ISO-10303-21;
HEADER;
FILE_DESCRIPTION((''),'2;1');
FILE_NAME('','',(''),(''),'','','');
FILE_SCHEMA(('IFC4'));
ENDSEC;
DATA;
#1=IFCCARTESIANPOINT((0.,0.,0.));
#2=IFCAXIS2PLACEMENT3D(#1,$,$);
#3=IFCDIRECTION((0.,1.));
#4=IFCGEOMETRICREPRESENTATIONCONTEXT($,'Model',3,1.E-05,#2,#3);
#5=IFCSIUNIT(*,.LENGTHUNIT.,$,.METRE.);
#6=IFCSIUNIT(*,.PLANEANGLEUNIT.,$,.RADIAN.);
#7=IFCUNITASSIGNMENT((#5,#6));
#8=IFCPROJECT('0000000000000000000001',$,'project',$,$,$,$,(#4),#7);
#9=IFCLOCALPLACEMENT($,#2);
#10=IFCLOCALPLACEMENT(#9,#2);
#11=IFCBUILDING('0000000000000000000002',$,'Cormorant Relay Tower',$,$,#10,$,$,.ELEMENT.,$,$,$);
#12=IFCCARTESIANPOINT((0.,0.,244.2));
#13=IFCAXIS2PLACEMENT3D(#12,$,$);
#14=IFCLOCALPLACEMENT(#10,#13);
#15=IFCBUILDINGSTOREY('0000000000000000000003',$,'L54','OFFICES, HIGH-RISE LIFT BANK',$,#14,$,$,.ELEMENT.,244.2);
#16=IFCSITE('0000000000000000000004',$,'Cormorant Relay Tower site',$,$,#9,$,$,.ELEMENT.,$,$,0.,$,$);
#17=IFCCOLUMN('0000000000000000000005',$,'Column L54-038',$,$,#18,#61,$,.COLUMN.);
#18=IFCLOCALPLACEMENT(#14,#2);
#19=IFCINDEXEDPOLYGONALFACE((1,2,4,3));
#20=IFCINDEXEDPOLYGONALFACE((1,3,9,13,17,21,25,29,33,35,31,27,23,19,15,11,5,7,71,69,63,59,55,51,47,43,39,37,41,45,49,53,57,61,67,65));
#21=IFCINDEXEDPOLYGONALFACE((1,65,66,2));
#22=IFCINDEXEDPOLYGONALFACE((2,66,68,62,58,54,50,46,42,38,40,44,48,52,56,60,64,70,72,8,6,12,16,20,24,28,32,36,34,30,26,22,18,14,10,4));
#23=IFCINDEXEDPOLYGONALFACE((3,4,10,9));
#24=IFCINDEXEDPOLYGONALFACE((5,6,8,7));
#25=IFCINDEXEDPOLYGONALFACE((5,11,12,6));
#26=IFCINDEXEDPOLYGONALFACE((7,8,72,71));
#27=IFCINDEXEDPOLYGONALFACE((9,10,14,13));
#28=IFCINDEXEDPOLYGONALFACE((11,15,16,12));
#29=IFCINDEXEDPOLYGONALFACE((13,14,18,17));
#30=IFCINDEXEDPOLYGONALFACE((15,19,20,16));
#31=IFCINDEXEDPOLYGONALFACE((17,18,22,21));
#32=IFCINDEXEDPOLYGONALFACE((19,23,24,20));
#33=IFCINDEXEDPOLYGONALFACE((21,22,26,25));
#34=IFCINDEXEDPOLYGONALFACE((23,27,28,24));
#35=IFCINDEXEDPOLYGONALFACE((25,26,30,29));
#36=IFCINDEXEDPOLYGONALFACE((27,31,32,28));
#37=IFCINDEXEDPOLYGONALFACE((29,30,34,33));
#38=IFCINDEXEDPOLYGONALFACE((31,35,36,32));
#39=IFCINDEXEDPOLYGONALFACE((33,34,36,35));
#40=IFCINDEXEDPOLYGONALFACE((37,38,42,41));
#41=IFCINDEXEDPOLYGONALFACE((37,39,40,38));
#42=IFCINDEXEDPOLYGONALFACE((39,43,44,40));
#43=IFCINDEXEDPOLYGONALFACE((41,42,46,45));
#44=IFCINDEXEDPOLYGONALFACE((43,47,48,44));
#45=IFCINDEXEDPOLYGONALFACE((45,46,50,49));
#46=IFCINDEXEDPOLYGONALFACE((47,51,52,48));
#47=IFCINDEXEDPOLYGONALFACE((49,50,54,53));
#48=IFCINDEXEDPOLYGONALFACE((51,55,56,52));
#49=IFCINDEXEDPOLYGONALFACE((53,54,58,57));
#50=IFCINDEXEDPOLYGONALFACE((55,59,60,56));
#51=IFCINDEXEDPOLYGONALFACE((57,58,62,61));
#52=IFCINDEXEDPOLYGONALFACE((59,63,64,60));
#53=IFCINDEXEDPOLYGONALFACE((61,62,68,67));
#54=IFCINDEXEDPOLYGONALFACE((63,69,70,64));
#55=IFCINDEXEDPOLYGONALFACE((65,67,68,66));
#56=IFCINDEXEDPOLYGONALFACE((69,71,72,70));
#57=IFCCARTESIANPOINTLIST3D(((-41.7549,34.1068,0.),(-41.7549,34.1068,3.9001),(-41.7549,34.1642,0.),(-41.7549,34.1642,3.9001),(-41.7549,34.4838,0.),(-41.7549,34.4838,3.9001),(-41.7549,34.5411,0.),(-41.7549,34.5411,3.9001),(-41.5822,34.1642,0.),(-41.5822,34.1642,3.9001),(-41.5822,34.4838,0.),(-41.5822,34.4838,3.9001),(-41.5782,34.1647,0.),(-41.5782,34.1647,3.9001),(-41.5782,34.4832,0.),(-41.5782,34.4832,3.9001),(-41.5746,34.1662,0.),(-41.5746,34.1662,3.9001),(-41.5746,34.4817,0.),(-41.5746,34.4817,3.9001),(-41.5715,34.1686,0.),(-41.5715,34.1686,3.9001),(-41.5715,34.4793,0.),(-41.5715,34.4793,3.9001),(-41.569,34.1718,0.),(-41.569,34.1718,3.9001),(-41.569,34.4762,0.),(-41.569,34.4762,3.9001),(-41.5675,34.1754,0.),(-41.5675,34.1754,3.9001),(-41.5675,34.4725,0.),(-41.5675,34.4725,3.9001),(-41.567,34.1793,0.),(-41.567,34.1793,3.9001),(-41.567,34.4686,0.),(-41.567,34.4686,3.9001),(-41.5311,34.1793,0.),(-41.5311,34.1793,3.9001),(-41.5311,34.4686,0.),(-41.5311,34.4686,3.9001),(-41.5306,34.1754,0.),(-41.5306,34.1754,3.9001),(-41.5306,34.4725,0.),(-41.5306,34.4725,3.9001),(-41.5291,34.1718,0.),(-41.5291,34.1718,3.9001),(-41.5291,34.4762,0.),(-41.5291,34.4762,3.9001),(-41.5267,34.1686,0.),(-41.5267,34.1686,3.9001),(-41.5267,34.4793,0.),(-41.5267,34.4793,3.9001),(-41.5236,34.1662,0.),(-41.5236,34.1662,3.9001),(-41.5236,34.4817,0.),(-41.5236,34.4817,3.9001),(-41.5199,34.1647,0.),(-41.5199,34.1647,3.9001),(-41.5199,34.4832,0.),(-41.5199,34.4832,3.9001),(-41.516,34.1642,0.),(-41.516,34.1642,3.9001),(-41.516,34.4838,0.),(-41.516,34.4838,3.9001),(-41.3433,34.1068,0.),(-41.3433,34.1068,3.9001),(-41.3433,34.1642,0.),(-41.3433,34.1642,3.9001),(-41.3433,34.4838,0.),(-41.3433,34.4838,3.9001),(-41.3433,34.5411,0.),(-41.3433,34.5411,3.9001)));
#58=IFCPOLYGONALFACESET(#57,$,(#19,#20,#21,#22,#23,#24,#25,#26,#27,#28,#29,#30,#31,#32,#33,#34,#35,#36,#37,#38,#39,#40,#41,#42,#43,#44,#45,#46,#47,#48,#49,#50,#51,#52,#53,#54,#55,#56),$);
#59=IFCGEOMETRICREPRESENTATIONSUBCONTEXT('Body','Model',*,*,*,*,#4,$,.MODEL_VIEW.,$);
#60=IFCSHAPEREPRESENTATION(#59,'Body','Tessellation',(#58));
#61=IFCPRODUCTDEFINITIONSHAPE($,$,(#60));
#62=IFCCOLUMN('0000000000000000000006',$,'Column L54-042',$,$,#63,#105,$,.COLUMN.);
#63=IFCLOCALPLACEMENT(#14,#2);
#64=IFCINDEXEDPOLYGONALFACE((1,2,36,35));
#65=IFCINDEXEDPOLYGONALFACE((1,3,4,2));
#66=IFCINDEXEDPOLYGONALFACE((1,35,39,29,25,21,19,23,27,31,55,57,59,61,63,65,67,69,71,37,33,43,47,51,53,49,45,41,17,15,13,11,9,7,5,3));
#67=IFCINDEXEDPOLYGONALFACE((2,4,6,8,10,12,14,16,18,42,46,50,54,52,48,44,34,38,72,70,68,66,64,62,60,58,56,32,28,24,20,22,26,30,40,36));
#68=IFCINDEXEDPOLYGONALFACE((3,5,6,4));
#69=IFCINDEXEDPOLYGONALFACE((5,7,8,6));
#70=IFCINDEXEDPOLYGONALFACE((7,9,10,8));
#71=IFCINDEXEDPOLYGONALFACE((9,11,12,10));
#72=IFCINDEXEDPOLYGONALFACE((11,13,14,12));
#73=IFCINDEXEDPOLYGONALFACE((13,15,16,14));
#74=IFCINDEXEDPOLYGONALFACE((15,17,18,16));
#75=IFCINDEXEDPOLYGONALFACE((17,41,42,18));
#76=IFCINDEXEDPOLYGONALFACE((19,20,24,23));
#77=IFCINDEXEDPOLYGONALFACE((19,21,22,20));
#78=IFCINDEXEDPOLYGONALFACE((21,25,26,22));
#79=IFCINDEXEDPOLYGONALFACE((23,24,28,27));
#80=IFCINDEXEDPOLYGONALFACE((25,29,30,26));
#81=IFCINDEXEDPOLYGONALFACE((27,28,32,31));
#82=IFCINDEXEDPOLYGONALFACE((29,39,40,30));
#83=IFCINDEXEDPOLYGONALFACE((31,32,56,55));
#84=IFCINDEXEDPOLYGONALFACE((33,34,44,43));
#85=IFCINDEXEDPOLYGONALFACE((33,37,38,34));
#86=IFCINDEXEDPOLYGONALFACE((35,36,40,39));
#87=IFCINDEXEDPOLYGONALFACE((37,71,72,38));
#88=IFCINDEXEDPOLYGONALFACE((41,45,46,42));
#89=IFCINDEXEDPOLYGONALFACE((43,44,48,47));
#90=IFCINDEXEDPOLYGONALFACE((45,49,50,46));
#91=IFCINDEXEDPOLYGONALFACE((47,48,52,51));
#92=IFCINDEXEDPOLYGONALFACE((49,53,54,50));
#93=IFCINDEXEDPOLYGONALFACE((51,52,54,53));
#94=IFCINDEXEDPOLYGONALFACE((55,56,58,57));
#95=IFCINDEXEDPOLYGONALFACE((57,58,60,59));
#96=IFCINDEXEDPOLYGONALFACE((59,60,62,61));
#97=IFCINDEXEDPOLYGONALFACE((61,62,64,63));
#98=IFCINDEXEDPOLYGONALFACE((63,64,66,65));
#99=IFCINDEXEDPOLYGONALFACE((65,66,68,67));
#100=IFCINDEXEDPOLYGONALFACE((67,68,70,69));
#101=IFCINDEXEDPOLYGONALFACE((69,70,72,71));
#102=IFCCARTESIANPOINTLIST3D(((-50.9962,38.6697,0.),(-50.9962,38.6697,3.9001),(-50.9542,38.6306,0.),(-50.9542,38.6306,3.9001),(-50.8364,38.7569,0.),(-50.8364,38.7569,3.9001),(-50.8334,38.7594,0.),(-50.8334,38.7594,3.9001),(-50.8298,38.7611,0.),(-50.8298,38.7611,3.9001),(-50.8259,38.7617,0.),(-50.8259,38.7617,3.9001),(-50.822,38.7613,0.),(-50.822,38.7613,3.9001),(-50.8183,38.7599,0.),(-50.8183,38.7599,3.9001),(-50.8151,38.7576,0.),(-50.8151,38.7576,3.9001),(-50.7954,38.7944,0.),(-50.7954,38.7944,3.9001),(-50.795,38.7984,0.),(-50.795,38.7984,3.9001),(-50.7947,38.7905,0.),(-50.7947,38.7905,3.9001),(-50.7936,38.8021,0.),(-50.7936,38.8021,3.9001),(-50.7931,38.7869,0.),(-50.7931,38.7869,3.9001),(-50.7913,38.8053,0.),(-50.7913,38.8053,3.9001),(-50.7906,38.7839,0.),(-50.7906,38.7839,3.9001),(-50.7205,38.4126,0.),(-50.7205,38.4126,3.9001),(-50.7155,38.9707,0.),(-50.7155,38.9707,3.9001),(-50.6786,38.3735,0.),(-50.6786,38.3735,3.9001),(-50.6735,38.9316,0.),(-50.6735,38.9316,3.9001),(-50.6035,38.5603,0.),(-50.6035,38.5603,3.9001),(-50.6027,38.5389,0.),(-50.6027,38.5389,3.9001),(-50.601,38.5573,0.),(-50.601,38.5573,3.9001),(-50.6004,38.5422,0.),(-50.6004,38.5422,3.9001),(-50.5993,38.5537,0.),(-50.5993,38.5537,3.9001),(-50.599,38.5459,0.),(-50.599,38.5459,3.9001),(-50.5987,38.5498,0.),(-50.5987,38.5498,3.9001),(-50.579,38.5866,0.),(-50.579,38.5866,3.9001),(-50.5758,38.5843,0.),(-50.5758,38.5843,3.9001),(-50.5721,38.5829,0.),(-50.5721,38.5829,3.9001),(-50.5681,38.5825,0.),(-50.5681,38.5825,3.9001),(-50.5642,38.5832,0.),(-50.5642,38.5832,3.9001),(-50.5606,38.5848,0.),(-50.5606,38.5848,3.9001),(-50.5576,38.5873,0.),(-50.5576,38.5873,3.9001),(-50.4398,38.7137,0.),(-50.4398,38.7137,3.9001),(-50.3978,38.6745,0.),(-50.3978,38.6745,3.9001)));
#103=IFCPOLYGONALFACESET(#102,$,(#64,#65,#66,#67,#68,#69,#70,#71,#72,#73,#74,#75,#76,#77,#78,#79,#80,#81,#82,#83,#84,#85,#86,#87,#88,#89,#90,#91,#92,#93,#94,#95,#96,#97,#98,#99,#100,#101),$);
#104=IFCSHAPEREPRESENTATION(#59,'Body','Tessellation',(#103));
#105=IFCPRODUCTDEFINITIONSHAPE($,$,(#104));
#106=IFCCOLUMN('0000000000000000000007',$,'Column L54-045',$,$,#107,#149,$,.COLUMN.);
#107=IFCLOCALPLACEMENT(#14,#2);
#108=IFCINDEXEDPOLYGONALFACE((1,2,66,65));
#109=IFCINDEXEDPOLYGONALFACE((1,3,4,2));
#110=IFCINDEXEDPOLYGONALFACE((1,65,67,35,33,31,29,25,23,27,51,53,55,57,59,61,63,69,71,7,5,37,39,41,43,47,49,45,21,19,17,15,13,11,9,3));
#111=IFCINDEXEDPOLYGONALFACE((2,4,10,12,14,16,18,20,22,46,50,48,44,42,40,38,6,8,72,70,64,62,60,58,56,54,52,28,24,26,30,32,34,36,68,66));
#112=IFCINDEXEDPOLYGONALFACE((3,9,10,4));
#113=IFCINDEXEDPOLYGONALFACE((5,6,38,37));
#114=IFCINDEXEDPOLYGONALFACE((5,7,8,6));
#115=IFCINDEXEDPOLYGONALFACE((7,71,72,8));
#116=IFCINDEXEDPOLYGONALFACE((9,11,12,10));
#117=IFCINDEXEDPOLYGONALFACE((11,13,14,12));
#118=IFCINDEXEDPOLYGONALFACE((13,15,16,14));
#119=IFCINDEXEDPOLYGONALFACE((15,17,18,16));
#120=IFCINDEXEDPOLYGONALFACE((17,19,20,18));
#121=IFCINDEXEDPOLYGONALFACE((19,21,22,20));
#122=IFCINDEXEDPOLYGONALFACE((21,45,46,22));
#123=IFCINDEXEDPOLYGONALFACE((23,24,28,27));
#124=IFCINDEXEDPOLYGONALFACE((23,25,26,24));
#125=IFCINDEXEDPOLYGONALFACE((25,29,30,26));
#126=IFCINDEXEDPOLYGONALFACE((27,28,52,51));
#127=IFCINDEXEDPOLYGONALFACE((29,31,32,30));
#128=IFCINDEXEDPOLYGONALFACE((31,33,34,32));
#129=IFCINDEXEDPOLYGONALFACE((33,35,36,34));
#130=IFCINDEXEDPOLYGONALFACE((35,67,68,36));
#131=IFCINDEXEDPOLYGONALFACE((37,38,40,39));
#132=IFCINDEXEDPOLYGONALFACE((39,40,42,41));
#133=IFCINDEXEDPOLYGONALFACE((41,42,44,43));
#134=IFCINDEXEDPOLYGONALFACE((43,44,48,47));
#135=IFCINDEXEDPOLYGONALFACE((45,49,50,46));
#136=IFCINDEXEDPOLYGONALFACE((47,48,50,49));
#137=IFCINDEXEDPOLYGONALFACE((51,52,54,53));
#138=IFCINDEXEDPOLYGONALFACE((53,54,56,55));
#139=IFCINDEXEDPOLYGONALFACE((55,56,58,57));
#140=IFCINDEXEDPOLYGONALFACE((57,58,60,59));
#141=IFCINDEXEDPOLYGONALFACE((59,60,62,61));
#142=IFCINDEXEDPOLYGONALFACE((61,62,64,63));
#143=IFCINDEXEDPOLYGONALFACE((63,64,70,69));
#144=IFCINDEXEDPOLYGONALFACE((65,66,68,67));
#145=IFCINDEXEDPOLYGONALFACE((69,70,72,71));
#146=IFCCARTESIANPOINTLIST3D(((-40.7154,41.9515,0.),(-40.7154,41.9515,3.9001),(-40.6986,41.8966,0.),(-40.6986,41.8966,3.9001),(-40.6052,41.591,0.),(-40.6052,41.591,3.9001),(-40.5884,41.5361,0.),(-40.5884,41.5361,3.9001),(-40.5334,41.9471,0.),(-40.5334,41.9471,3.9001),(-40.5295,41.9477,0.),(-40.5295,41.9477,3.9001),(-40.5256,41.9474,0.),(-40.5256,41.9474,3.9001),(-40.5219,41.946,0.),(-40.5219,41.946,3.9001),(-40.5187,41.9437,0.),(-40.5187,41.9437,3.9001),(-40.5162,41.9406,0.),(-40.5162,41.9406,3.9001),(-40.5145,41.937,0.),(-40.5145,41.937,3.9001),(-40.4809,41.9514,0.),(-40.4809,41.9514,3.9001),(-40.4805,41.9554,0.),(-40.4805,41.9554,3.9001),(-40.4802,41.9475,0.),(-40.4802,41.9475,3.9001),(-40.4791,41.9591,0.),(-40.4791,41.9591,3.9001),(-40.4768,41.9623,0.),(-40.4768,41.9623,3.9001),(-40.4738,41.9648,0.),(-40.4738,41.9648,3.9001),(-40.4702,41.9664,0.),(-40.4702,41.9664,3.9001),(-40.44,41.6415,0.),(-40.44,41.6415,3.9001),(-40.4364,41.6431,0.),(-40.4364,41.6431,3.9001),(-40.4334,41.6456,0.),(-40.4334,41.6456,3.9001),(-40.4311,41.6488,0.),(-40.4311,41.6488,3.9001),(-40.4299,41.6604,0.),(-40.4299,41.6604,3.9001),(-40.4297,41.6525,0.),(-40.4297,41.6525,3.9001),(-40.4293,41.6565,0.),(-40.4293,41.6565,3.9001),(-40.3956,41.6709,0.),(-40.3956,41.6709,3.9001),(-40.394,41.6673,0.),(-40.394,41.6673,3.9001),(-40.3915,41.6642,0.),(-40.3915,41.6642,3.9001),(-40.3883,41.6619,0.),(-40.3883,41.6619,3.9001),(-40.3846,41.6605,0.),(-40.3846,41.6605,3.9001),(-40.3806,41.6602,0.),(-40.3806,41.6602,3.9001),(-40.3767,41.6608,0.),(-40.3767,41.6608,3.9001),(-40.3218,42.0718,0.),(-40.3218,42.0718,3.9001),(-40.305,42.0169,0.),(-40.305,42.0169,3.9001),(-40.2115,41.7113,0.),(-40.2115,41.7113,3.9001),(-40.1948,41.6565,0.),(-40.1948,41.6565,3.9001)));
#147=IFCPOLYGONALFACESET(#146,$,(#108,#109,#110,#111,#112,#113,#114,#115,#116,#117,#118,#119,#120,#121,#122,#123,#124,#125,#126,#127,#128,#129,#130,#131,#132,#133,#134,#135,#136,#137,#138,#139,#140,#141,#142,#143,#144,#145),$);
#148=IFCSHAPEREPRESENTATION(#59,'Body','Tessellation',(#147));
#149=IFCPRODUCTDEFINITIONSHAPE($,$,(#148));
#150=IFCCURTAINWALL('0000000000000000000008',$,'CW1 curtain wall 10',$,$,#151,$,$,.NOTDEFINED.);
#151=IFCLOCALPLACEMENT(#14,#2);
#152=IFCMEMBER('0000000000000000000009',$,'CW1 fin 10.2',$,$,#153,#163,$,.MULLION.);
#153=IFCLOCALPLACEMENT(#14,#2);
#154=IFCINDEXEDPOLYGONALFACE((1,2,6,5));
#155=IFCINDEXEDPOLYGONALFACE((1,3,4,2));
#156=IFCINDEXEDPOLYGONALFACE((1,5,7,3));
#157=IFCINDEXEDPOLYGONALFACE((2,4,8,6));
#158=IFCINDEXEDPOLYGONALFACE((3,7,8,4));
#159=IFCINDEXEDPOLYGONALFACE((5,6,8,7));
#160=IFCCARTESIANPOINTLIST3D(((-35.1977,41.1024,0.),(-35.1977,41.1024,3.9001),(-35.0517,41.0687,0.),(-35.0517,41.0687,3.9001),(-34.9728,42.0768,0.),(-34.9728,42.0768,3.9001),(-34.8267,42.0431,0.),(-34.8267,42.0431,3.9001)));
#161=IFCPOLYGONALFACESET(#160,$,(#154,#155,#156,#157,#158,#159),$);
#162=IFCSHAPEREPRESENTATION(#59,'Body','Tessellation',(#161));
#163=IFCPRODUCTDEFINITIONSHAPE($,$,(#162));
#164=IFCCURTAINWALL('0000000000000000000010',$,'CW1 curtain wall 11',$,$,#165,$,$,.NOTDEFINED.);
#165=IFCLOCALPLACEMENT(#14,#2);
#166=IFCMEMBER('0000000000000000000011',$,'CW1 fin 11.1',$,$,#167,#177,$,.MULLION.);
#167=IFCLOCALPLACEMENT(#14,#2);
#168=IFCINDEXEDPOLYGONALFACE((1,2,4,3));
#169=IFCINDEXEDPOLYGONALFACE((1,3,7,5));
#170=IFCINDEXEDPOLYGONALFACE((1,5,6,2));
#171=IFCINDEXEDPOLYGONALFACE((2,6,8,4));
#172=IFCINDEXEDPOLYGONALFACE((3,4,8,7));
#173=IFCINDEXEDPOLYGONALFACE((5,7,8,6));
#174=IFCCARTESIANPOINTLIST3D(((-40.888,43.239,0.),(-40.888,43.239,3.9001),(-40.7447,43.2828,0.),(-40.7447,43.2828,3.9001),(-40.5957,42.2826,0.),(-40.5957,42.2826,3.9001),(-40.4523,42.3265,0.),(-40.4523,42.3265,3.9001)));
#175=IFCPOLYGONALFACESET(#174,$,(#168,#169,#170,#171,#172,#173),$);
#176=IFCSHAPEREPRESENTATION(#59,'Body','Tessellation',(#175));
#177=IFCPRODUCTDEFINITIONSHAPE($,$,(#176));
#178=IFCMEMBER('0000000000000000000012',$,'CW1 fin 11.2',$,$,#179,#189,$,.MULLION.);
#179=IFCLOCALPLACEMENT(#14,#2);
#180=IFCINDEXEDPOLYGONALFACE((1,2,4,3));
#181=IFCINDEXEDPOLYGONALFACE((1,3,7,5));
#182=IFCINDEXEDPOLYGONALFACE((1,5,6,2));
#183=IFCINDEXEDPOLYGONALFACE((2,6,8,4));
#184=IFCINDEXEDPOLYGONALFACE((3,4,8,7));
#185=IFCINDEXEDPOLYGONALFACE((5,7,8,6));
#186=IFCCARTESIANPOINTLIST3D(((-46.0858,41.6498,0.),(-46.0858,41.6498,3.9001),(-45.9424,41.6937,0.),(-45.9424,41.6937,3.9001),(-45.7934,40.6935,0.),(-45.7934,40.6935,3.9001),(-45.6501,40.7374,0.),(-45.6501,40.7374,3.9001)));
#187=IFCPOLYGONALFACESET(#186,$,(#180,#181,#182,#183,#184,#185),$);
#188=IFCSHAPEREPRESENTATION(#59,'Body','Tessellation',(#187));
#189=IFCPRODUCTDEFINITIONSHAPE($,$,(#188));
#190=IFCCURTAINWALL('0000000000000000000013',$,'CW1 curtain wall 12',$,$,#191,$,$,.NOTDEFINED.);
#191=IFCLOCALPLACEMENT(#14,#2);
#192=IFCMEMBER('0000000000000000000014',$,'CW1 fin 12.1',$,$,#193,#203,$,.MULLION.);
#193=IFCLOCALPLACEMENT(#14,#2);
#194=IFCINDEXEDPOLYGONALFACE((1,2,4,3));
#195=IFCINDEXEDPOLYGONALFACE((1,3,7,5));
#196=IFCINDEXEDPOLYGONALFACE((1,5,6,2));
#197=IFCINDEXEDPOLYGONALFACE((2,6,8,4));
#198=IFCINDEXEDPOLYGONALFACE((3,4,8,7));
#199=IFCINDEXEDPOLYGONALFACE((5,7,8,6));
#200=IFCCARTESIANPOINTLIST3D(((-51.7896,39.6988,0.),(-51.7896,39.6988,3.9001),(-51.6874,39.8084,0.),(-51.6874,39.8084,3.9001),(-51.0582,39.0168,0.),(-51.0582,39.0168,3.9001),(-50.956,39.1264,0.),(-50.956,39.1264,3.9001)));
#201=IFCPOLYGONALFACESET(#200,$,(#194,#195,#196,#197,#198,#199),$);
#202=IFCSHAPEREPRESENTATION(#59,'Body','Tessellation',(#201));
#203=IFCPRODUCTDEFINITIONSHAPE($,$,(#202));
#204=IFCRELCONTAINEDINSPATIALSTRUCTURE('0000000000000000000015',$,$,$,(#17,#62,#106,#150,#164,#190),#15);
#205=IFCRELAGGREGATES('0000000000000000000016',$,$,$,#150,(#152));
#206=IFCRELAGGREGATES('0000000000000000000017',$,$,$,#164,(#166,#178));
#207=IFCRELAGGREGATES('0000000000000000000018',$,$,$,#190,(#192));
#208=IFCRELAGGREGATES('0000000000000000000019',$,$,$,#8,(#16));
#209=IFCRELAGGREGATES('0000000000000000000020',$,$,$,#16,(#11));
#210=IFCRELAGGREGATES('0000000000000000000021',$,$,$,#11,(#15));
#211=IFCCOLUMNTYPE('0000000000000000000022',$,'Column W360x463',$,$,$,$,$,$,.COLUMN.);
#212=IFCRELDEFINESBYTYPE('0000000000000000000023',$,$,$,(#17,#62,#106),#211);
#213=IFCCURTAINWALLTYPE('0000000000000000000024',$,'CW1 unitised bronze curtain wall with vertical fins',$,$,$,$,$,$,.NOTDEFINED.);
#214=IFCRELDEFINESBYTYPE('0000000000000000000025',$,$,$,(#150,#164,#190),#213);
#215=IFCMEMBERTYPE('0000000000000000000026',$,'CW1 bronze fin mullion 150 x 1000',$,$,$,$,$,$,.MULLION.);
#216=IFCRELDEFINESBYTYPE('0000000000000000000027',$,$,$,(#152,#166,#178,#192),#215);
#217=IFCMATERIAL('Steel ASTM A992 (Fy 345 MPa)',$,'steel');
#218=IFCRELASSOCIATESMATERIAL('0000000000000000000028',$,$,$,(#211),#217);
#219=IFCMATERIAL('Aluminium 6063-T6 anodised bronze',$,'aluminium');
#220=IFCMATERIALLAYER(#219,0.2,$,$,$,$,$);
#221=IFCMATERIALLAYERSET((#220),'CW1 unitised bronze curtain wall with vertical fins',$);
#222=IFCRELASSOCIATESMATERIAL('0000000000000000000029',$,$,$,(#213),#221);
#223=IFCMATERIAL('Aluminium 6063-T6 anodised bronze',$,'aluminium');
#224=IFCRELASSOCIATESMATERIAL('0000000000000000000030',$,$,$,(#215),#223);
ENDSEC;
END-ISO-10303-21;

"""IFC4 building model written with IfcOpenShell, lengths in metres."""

from ifc_helpers import new_model, si_unit, direction, frame, origin, origin_2d, place, context, subcontext, project, spatial, rectangle, i_section, extrude, material, layer, layer_set, material_profile, profile_set, type_object, element, aggregate, save


model = new_model("IFC4")

# Units and contexts
model_context = context("Model", 3, precision=1e-05, world=origin(), true_north=direction((0.0, 1.0)))
body_context = subcontext(model_context, "Body", "Model", "MODEL_VIEW")
ifc_project = project(units=[si_unit("LENGTHUNIT", "METRE"), si_unit("PLANEANGLEUNIT", "RADIAN")], contexts=[model_context])

# Site, building, storey
site_placement = place(None, origin())
site = spatial("IfcSite", under=ifc_project, at=site_placement, Name="Cormorant Relay Tower site", CompositionType="ELEMENT", RefElevation=0.0)
building_placement = place(site_placement, origin())
building = spatial("IfcBuilding", under=site, at=building_placement, Name="Cormorant Relay Tower", CompositionType="ELEMENT")
storey_placement = place(building_placement, frame((0.0, 0.0, 244.2)))
storey = spatial("IfcBuildingStorey", under=building, at=storey_placement, Name="L54", Description="OFFICES, HIGH-RISE LIFT BANK", CompositionType="ELEMENT", Elevation=244.2)

# Columns
ifc_material_1 = material(Name="Steel ASTM A992 (Fy 345 MPa)", Category="steel")
ifc_material_profile_1 = material_profile(ifc_material_1, i_section(OverallWidth=0.4116, OverallDepth=0.4343, WebThickness=0.0359, FlangeThickness=0.0574, FilletRadius=0.0151, at=origin_2d()), Name="W360x463")
ifc_profile_set_1 = profile_set([ifc_material_profile_1], Name="Steel ASTM A992 (Fy 345 MPa)")
column_type = type_object("IfcColumnType", Name="Column W360x463", PredefinedType="COLUMN", material=ifc_profile_set_1)
for number, where, z_axis, x_axis, name in (
    (1, (-41.5491, 34.324, 0.0), (0.0, 0.0, 1.0), (1.0, 0.0, 0.0), "Column L54-038"),
    (2, (-50.697, 38.6721, 0.0), (0.0, 0.0, 1.0), (-0.681998, -0.731354, 0.0), "Column L54-042"),
    (3, (-40.4551, 41.804, 0.0), (0.0, 0.0, 1.0), (-0.956305, -0.292372, 0.0), "Column L54-045"),
):
    element("IfcColumn", number, at=place(storey_placement, frame(where, z_axis=z_axis, x_axis=x_axis)), inside=storey, type_object=column_type, Name=name, PredefinedType="COLUMN", context=body_context, shape_type="SweptSolid", body=[
        extrude(i_section(OverallWidth=0.4116, OverallDepth=0.4343, WebThickness=0.0359, FlangeThickness=0.0574, FilletRadius=0.0151, at=origin_2d()), origin(), (0.0, 0.0, 1.0), 3.9001),
    ])

# Curtain wall, member
ifc_material_2 = material(Name="Aluminium 6063-T6 anodised bronze", Category="aluminium")
ifc_layer_1 = layer(ifc_material_2, 0.2)
ifc_layer_set_1 = layer_set([ifc_layer_1], Name="CW1 unitised bronze curtain wall with vertical fins")
curtain_wall_type = type_object("IfcCurtainWallType", Name="CW1 unitised bronze curtain wall with vertical fins", PredefinedType="NOTDEFINED", material=ifc_layer_set_1)
curtain_wall_1_placement = place(storey_placement, origin())
curtain_wall_1 = element("IfcCurtainWall", 4, at=curtain_wall_1_placement, inside=storey, type_object=curtain_wall_type, Name="CW1 curtain wall 10", PredefinedType="NOTDEFINED")
ifc_material_3 = material(Name="Aluminium 6063-T6 anodised bronze", Category="aluminium")
ifc_material_profile_2 = material_profile(ifc_material_3, rectangle(XDim=0.1499, YDim=1.0, at=origin_2d()), Name="AL 150x1000")
ifc_profile_set_2 = profile_set([ifc_material_profile_2], Name="Aluminium 6063-T6 anodised bronze")
member_type_1 = type_object("IfcMemberType", Name="CW1 bronze fin mullion 150 x 1000", PredefinedType="MULLION", material=ifc_profile_set_2)
member_1_placement = place(storey_placement, frame((-35.0122, 41.5728, 0.0), z_axis=(0.0, 0.0, 1.0), x_axis=(-0.97437, 0.224951, 0.0)))
member_1 = element("IfcMember", 5, at=member_1_placement, type_object=member_type_1, Name="CW1 fin 10.2", PredefinedType="MULLION", context=body_context, shape_type="SweptSolid", body=[
    extrude(rectangle(XDim=0.1499, YDim=1.0, at=origin_2d()), origin(), (0.0, 0.0, 1.0), 3.9001),
])

# Curtain walls, members
curtain_wall_2_placement = place(storey_placement, origin())
curtain_wall_2 = element("IfcCurtainWall", 6, at=curtain_wall_2_placement, inside=storey, type_object=curtain_wall_type, Name="CW1 curtain wall 11", PredefinedType="NOTDEFINED")
member_2_placement = place(storey_placement, frame((-40.6702, 42.7827, 0.0), z_axis=(0.0, 0.0, 1.0), x_axis=(-0.956305, -0.292372, 0.0)))
member_2 = element("IfcMember", 7, at=member_2_placement, type_object=member_type_1, Name="CW1 fin 11.1", PredefinedType="MULLION", context=body_context, shape_type="SweptSolid", body=[
    extrude(rectangle(XDim=0.1499, YDim=1.0, at=origin_2d()), origin(), (0.0, 0.0, 1.0), 3.9001),
])
member_3_placement = place(storey_placement, frame((-45.8679, 41.1936, 0.0), z_axis=(0.0, 0.0, 1.0), x_axis=(-0.956305, -0.292372, 0.0)))
member_3 = element("IfcMember", 8, at=member_3_placement, type_object=member_type_1, Name="CW1 fin 11.2", PredefinedType="MULLION", context=body_context, shape_type="SweptSolid", body=[
    extrude(rectangle(XDim=0.1499, YDim=1.0, at=origin_2d()), origin(), (0.0, 0.0, 1.0), 3.9001),
])
curtain_wall_3_placement = place(storey_placement, origin())
curtain_wall_3 = element("IfcCurtainWall", 9, at=curtain_wall_3_placement, inside=storey, type_object=curtain_wall_type, Name="CW1 curtain wall 12", PredefinedType="NOTDEFINED")
member_4_placement = place(storey_placement, frame((-51.3728, 39.4126, 0.0), z_axis=(0.0, 0.0, 1.0), x_axis=(-0.681998, -0.731354, 0.0)))
member_4 = element("IfcMember", 10, at=member_4_placement, type_object=member_type_1, Name="CW1 fin 12.1", PredefinedType="MULLION", context=body_context, shape_type="SweptSolid", body=[
    extrude(rectangle(XDim=0.1499, YDim=1.0, at=origin_2d()), origin(), (0.0, 0.0, 1.0), 3.9001),
])

aggregate(curtain_wall_1, [member_1])
aggregate(curtain_wall_2, [member_2, member_3])
aggregate(curtain_wall_3, [member_4])

save(model, "model.ifc")
